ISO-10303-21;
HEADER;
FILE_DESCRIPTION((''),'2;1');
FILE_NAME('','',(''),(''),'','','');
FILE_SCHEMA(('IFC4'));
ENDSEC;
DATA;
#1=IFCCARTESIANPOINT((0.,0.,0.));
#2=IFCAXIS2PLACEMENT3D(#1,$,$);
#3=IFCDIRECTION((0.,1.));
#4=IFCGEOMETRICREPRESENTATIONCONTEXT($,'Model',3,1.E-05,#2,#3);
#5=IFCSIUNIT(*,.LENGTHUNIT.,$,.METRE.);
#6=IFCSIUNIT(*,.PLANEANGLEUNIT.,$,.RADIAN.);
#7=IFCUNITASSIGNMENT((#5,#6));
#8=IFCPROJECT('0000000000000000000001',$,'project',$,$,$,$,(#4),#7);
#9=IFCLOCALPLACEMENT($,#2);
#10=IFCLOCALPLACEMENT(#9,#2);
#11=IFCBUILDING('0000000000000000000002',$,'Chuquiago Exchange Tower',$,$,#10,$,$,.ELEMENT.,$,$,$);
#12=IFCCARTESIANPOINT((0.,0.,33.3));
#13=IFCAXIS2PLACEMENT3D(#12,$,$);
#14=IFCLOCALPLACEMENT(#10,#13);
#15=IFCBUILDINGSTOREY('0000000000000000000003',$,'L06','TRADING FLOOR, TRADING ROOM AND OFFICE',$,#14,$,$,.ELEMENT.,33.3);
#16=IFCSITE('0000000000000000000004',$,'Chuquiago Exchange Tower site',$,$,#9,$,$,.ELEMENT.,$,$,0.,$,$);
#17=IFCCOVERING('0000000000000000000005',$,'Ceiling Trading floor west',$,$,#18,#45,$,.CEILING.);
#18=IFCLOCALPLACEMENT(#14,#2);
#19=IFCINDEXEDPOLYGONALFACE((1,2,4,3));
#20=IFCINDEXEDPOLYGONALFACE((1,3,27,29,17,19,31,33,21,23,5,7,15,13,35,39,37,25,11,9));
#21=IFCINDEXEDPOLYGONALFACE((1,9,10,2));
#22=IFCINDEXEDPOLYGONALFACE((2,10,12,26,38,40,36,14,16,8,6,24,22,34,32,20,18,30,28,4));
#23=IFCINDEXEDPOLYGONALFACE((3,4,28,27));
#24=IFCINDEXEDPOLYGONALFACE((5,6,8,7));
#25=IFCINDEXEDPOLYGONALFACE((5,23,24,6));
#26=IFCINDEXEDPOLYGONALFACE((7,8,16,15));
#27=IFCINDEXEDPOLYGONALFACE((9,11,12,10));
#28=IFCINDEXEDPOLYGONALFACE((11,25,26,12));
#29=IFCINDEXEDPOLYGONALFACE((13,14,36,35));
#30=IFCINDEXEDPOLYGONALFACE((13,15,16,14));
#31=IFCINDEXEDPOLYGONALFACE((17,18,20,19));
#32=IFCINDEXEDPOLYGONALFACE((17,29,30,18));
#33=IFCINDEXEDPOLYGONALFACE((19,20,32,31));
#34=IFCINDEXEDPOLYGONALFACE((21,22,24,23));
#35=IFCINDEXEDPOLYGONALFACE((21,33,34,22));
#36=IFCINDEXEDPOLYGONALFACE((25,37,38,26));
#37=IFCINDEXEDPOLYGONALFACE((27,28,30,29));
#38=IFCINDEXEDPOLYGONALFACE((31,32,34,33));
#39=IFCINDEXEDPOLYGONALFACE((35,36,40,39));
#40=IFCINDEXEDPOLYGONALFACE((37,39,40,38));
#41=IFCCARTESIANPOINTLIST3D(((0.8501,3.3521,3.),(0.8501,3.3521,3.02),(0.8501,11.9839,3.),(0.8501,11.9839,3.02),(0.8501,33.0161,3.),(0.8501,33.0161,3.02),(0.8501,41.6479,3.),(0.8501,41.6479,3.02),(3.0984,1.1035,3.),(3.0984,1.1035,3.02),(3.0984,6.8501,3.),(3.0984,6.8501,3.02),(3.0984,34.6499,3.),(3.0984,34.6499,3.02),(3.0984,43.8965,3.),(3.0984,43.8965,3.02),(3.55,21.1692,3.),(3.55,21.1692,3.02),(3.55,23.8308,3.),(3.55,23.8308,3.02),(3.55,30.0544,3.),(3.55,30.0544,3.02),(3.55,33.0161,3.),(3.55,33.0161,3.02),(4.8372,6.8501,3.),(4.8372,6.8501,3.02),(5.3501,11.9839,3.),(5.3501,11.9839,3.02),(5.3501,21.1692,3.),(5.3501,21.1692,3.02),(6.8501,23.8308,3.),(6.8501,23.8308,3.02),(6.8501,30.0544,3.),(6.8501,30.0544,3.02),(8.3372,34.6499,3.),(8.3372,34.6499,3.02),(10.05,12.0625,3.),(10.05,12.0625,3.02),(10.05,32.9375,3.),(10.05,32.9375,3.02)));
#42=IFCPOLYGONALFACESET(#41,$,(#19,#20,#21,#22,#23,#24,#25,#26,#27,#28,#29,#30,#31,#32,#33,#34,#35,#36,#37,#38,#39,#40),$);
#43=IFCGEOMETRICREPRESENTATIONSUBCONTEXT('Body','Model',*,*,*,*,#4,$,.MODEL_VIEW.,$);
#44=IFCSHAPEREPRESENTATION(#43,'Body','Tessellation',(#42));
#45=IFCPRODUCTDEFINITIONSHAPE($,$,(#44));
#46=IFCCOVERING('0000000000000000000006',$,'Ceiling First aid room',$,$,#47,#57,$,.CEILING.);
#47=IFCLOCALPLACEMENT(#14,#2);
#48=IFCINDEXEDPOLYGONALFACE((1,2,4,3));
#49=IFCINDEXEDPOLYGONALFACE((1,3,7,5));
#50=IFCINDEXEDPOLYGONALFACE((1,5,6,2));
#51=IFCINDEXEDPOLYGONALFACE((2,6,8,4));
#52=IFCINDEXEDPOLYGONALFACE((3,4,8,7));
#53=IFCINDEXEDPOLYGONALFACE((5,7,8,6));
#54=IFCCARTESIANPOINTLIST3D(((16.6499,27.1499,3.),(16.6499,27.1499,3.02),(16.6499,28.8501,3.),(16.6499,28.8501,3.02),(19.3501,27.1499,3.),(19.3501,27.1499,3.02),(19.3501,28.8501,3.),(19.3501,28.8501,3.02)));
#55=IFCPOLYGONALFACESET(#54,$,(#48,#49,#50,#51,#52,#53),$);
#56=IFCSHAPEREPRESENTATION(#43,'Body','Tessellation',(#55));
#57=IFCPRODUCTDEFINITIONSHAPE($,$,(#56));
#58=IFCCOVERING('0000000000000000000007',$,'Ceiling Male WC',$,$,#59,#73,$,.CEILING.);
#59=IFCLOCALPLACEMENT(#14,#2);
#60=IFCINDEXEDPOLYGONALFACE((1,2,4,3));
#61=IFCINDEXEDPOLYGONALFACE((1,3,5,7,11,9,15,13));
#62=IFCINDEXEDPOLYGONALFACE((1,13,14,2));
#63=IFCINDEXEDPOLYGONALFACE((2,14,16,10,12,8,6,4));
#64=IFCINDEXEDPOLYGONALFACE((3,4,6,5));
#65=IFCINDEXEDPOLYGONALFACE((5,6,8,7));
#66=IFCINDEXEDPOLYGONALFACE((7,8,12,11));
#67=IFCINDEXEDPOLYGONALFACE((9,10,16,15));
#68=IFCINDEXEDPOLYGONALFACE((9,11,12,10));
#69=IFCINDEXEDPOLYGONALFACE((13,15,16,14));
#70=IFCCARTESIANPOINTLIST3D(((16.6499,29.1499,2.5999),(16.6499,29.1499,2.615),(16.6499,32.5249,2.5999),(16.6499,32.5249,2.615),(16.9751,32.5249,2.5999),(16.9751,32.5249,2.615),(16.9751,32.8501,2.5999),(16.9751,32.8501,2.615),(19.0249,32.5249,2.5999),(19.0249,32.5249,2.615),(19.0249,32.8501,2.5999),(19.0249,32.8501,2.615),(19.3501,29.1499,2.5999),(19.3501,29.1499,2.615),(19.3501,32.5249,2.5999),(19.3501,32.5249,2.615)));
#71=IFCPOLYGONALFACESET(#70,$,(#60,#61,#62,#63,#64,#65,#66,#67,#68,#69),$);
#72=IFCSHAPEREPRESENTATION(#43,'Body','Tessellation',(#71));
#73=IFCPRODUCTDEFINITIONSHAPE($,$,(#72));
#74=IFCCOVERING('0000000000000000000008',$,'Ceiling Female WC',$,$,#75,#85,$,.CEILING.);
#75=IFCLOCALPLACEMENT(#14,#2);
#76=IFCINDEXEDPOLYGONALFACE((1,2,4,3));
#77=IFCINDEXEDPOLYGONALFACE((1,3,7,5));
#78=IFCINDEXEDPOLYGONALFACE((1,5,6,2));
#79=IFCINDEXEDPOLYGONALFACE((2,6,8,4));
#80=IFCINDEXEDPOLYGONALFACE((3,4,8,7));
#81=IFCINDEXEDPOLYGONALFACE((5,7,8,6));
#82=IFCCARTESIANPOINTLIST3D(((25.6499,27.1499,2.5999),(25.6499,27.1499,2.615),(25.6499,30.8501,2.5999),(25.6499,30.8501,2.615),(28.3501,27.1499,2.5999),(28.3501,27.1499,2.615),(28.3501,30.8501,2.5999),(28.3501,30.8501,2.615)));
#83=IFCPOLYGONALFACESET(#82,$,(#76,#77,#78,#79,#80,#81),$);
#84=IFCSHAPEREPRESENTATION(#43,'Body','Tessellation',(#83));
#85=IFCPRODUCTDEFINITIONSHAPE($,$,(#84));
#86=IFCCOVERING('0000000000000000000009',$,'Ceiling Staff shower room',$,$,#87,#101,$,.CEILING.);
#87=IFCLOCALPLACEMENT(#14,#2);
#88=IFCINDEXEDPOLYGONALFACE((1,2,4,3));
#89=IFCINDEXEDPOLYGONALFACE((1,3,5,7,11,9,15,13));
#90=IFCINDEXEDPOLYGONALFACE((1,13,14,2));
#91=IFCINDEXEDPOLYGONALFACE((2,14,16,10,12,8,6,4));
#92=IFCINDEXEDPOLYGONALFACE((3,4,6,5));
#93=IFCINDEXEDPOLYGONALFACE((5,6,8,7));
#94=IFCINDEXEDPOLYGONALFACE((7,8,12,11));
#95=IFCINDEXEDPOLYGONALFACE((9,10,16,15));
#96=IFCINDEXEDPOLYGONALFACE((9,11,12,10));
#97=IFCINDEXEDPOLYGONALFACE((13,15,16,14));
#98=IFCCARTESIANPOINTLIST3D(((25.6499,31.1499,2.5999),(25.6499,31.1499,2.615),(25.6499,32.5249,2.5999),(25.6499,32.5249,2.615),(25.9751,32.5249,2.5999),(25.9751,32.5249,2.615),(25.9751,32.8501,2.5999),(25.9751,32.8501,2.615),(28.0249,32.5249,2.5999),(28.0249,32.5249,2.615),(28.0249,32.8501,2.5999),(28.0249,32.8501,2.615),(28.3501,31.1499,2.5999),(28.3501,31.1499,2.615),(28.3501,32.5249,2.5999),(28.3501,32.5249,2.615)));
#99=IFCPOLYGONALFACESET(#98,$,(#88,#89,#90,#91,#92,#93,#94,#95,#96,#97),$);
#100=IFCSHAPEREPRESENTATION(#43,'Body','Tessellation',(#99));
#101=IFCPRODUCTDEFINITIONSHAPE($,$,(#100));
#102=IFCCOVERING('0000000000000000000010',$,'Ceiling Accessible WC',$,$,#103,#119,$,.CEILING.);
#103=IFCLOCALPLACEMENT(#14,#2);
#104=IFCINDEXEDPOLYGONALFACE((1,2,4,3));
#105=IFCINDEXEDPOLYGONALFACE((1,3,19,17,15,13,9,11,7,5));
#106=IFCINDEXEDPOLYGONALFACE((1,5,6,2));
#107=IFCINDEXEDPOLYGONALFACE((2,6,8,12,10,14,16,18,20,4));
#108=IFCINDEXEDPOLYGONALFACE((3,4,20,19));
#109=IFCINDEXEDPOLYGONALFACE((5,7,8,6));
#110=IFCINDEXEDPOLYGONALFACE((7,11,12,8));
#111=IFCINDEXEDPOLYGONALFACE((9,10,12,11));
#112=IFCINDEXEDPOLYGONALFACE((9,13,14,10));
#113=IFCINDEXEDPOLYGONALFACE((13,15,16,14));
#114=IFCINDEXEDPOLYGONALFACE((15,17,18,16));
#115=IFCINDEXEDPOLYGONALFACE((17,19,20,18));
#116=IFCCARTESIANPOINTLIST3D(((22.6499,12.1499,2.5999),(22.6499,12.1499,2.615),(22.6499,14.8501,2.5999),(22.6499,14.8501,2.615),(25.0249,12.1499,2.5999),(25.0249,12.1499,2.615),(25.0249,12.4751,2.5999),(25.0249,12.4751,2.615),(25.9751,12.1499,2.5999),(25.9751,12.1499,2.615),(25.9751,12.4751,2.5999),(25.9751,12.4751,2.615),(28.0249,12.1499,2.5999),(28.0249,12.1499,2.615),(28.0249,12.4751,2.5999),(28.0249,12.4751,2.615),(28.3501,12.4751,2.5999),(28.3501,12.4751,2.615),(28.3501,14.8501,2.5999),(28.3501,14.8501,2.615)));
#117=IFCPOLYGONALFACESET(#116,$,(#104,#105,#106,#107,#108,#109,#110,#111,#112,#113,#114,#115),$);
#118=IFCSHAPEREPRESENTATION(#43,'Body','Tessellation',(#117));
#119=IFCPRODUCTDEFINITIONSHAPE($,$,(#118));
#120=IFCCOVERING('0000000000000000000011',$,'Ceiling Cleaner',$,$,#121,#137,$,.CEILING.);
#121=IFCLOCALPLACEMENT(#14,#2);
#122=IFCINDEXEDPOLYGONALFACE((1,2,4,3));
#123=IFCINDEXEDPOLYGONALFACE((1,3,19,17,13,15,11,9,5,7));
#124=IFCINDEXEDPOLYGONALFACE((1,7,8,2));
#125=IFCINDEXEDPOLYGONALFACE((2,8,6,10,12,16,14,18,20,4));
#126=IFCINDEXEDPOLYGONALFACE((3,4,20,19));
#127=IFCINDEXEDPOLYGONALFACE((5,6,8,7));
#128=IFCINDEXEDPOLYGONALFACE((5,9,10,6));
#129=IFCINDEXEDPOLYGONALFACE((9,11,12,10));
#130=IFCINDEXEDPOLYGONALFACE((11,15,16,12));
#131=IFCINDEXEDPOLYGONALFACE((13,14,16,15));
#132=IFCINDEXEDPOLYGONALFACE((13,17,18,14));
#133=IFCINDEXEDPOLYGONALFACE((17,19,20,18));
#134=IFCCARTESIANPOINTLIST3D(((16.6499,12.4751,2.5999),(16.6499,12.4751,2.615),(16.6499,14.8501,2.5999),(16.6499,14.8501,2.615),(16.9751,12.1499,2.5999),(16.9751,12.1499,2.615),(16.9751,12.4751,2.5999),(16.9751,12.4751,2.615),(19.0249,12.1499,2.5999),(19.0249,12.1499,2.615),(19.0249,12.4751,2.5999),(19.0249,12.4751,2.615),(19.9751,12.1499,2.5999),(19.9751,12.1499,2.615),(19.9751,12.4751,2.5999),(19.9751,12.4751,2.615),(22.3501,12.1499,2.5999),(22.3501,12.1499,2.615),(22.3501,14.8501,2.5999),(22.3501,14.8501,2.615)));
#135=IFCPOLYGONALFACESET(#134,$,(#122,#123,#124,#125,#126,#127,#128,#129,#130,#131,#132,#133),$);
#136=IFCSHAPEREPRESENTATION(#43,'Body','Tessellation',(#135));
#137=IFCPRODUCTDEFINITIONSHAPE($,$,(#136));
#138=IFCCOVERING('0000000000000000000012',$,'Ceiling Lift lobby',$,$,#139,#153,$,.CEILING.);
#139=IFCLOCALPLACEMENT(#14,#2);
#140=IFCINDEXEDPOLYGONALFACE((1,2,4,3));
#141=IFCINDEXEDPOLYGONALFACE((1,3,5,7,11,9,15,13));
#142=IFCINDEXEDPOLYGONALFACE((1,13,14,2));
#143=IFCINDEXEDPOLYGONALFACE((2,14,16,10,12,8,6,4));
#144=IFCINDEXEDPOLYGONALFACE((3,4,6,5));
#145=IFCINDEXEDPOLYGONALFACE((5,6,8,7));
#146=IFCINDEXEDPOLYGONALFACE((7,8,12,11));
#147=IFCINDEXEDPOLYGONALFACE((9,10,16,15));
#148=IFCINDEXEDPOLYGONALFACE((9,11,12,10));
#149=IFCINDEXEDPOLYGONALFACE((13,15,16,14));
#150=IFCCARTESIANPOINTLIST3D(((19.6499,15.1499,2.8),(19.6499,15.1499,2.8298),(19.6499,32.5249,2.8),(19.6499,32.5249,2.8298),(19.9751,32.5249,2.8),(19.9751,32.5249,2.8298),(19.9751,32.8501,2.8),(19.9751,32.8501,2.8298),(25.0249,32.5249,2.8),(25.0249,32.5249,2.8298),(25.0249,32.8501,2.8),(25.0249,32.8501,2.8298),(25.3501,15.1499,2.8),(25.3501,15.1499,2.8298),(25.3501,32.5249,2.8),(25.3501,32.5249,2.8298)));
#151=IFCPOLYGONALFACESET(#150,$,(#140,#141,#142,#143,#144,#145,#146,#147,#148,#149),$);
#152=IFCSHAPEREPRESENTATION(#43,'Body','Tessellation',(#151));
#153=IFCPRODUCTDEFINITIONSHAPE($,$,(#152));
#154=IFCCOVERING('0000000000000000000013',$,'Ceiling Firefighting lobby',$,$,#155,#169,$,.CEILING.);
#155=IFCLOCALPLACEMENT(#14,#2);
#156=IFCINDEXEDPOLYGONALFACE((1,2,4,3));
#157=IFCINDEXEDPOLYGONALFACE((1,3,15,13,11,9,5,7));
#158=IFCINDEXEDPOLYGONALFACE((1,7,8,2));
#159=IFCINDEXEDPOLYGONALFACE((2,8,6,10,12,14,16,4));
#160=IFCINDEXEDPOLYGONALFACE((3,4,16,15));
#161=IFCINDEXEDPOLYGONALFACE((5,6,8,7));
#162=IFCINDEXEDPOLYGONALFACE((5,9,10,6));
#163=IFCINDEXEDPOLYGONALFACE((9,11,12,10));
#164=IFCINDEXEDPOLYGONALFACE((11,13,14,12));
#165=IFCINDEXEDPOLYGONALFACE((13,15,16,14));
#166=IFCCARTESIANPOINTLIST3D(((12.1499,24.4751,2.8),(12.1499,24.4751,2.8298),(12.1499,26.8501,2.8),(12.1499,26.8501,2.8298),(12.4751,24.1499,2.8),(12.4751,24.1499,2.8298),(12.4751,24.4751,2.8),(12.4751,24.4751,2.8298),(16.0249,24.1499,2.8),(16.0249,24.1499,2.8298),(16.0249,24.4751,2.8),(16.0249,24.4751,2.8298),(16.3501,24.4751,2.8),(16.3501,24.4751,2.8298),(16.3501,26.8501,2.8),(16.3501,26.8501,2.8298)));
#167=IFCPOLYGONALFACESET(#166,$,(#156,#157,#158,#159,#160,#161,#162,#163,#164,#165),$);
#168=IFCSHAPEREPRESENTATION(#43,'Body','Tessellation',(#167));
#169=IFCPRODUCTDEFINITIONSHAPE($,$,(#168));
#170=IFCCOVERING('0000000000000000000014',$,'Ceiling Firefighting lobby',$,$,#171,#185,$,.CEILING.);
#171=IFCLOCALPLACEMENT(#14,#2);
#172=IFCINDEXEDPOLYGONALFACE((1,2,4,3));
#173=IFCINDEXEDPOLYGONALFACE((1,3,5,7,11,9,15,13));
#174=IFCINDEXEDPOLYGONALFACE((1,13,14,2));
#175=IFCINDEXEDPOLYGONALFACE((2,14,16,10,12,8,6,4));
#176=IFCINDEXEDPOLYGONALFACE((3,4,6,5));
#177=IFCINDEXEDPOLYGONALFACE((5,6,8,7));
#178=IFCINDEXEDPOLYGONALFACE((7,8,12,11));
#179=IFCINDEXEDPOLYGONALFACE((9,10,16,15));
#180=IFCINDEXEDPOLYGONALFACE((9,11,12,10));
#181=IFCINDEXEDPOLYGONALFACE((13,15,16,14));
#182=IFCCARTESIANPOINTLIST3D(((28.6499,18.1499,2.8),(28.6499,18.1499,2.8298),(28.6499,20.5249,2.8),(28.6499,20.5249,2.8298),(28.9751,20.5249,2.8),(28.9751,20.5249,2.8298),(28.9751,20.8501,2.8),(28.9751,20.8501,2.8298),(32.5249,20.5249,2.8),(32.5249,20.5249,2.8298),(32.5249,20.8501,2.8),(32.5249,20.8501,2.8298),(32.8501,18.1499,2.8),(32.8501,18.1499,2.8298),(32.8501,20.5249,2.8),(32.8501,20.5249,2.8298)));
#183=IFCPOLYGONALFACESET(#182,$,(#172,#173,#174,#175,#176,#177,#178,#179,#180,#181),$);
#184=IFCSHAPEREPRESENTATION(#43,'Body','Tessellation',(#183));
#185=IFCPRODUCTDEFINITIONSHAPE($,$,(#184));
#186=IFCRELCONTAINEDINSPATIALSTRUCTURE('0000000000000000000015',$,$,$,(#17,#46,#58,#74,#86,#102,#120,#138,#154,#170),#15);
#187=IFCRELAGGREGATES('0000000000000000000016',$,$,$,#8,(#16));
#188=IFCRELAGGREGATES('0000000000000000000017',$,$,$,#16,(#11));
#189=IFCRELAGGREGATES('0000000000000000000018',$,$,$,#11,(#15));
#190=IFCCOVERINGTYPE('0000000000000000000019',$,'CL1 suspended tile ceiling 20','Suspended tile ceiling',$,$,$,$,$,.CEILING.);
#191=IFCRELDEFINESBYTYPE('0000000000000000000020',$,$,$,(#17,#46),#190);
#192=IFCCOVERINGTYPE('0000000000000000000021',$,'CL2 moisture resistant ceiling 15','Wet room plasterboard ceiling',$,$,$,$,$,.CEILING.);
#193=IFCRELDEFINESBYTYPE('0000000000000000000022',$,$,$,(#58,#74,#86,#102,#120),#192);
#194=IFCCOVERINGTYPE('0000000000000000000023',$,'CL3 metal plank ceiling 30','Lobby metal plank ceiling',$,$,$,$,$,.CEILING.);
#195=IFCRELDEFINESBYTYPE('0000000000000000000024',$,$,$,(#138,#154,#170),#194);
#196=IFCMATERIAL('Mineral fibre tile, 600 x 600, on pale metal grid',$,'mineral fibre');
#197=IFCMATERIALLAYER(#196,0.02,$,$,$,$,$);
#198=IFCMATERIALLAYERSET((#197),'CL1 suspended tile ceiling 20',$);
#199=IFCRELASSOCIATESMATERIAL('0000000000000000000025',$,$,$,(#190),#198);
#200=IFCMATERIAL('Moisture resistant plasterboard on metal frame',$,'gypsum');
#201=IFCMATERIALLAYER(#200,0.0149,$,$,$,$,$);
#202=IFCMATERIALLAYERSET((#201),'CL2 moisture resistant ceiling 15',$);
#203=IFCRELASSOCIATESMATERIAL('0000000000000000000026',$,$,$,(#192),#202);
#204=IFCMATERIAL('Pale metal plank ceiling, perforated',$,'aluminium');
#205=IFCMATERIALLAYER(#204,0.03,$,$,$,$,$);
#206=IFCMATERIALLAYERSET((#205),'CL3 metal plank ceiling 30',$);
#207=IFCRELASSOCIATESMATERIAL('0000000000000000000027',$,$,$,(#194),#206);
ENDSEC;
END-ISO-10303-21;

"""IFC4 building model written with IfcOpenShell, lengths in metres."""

from ifc_helpers import new_model, si_unit, direction, frame, origin, place, context, subcontext, project, spatial, polyline, outline, extrude, material, layer, layer_set, type_object, element, save


model = new_model("IFC4")

# Units and contexts
model_context = context("Model", 3, precision=1e-05, world=origin(), true_north=direction((0.0, 1.0)))
body_context = subcontext(model_context, "Body", "Model", "MODEL_VIEW")
ifc_project = project(units=[si_unit("LENGTHUNIT", "METRE"), si_unit("PLANEANGLEUNIT", "RADIAN")], contexts=[model_context])

# Site, building, storey
site_placement = place(None, origin())
site = spatial("IfcSite", under=ifc_project, at=site_placement, Name="Chuquiago Exchange Tower site", CompositionType="ELEMENT", RefElevation=0.0)
building_placement = place(site_placement, origin())
building = spatial("IfcBuilding", under=site, at=building_placement, Name="Chuquiago Exchange Tower", CompositionType="ELEMENT")
storey_placement = place(building_placement, frame((0.0, 0.0, 33.3)))
storey = spatial("IfcBuildingStorey", under=building, at=storey_placement, Name="L06", Description="TRADING FLOOR, TRADING ROOM AND OFFICE", CompositionType="ELEMENT", Elevation=33.3)

# Coverings
ifc_material_1 = material(Name="Mineral fibre tile, 600 x 600, on pale metal grid", Category="mineral fibre")
ifc_layer_1 = layer(ifc_material_1, 0.02)
ifc_layer_set_1 = layer_set([ifc_layer_1], Name="CL1 suspended tile ceiling 20")
covering_type_1 = type_object("IfcCoveringType", Name="CL1 suspended tile ceiling 20", Description="Suspended tile ceiling", PredefinedType="CEILING", material=ifc_layer_set_1)
covering_1_placement = place(storey_placement, frame((0.0, 0.0, 3.0)))
element("IfcCovering", 1, at=covering_1_placement, inside=storey, type_object=covering_type_1, Name="Ceiling Trading floor west", PredefinedType="CEILING", context=body_context, shape_type="SweptSolid", body=[
    extrude(outline(polyline([(3.0984, 34.6499), (8.3372, 34.6499), (10.05, 32.9375), (10.05, 12.0625), (4.8372, 6.8501), (3.0984, 6.8501), (3.0984, 1.1035), (0.8501, 3.3521), (0.8501, 11.9839), (5.3501, 11.9839), (5.3501, 21.1692), (3.55, 21.1692), (3.55, 23.8308), (6.8501, 23.8308), (6.8501, 30.0544), (3.55, 30.0544), (3.55, 33.0161), (0.8501, 33.0161), (0.8501, 41.6479), (3.0984, 43.8965), (3.0984, 34.6499)])), origin(), (0.0, 0.0, 1.0), 0.02),
])
covering_2_placement = place(storey_placement, frame((0.0, 0.0, 3.0)))
element("IfcCovering", 2, at=covering_2_placement, inside=storey, type_object=covering_type_1, Name="Ceiling First aid room", PredefinedType="CEILING", context=body_context, shape_type="SweptSolid", body=[
    extrude(outline(polyline([(16.6499, 27.1499), (16.6499, 28.8501), (19.3501, 28.8501), (19.3501, 27.1499), (16.6499, 27.1499)])), origin(), (0.0, 0.0, 1.0), 0.02),
])
ifc_material_2 = material(Name="Moisture resistant plasterboard on metal frame", Category="gypsum")
ifc_layer_2 = layer(ifc_material_2, 0.0149)
ifc_layer_set_2 = layer_set([ifc_layer_2], Name="CL2 moisture resistant ceiling 15")
covering_type_2 = type_object("IfcCoveringType", Name="CL2 moisture resistant ceiling 15", Description="Wet room plasterboard ceiling", PredefinedType="CEILING", material=ifc_layer_set_2)
covering_3_placement = place(storey_placement, frame((0.0, 0.0, 2.5999)))
element("IfcCovering", 3, at=covering_3_placement, inside=storey, type_object=covering_type_2, Name="Ceiling Male WC", PredefinedType="CEILING", context=body_context, shape_type="SweptSolid", body=[
    extrude(outline(polyline([(16.6499, 29.1499), (16.6499, 32.5249), (16.9751, 32.5249), (16.9751, 32.8501), (19.0249, 32.8501), (19.0249, 32.5249), (19.3501, 32.5249), (19.3501, 29.1499), (16.6499, 29.1499)])), origin(), (0.0, 0.0, 1.0), 0.0151),
])
covering_4_placement = place(storey_placement, frame((0.0, 0.0, 2.5999)))
element("IfcCovering", 4, at=covering_4_placement, inside=storey, type_object=covering_type_2, Name="Ceiling Female WC", PredefinedType="CEILING", context=body_context, shape_type="SweptSolid", body=[
    extrude(outline(polyline([(25.6499, 27.1499), (25.6499, 30.8501), (28.3501, 30.8501), (28.3501, 27.1499), (25.6499, 27.1499)])), origin(), (0.0, 0.0, 1.0), 0.0151),
])
covering_5_placement = place(storey_placement, frame((0.0, 0.0, 2.5999)))
element("IfcCovering", 5, at=covering_5_placement, inside=storey, type_object=covering_type_2, Name="Ceiling Staff shower room", PredefinedType="CEILING", context=body_context, shape_type="SweptSolid", body=[
    extrude(outline(polyline([(25.6499, 31.1499), (25.6499, 32.5249), (25.9751, 32.5249), (25.9751, 32.8501), (28.0249, 32.8501), (28.0249, 32.5249), (28.3501, 32.5249), (28.3501, 31.1499), (25.6499, 31.1499)])), origin(), (0.0, 0.0, 1.0), 0.0151),
])
covering_6_placement = place(storey_placement, frame((0.0, 0.0, 2.5999)))
element("IfcCovering", 6, at=covering_6_placement, inside=storey, type_object=covering_type_2, Name="Ceiling Accessible WC", PredefinedType="CEILING", context=body_context, shape_type="SweptSolid", body=[
    extrude(outline(polyline([(25.9751, 12.1499), (25.9751, 12.4751), (25.0249, 12.4751), (25.0249, 12.1499), (22.6499, 12.1499), (22.6499, 14.8501), (28.3501, 14.8501), (28.3501, 12.4751), (28.0249, 12.4751), (28.0249, 12.1499), (25.9751, 12.1499)])), origin(), (0.0, 0.0, 1.0), 0.0151),
])
covering_7_placement = place(storey_placement, frame((0.0, 0.0, 2.5999)))
element("IfcCovering", 7, at=covering_7_placement, inside=storey, type_object=covering_type_2, Name="Ceiling Cleaner", PredefinedType="CEILING", context=body_context, shape_type="SweptSolid", body=[
    extrude(outline(polyline([(19.9751, 12.1499), (19.9751, 12.4751), (19.0249, 12.4751), (19.0249, 12.1499), (16.9751, 12.1499), (16.9751, 12.4751), (16.6499, 12.4751), (16.6499, 14.8501), (22.3501, 14.8501), (22.3501, 12.1499), (19.9751, 12.1499)])), origin(), (0.0, 0.0, 1.0), 0.0151),
])
ifc_material_3 = material(Name="Pale metal plank ceiling, perforated", Category="aluminium")
ifc_layer_3 = layer(ifc_material_3, 0.03)
ifc_layer_set_3 = layer_set([ifc_layer_3], Name="CL3 metal plank ceiling 30")
covering_type_3 = type_object("IfcCoveringType", Name="CL3 metal plank ceiling 30", Description="Lobby metal plank ceiling", PredefinedType="CEILING", material=ifc_layer_set_3)
covering_8_placement = place(storey_placement, frame((0.0, 0.0, 2.8)))
element("IfcCovering", 8, at=covering_8_placement, inside=storey, type_object=covering_type_3, Name="Ceiling Lift lobby", PredefinedType="CEILING", context=body_context, shape_type="SweptSolid", body=[
    extrude(outline(polyline([(19.6499, 15.1499), (19.6499, 32.5249), (19.9751, 32.5249), (19.9751, 32.8501), (25.0249, 32.8501), (25.0249, 32.5249), (25.3501, 32.5249), (25.3501, 15.1499), (19.6499, 15.1499)])), origin(), (0.0, 0.0, 1.0), 0.0298),
])
covering_9_placement = place(storey_placement, frame((0.0, 0.0, 2.8)))
element("IfcCovering", 9, at=covering_9_placement, inside=storey, type_object=covering_type_3, Name="Ceiling Firefighting lobby", PredefinedType="CEILING", context=body_context, shape_type="SweptSolid", body=[
    extrude(outline(polyline([(12.4751, 24.1499), (12.4751, 24.4751), (12.1499, 24.4751), (12.1499, 26.8501), (16.3501, 26.8501), (16.3501, 24.4751), (16.0249, 24.4751), (16.0249, 24.1499), (12.4751, 24.1499)])), origin(), (0.0, 0.0, 1.0), 0.0298),
])
covering_10_placement = place(storey_placement, frame((0.0, 0.0, 2.8)))
element("IfcCovering", 10, at=covering_10_placement, inside=storey, type_object=covering_type_3, Name="Ceiling Firefighting lobby", PredefinedType="CEILING", context=body_context, shape_type="SweptSolid", body=[
    extrude(outline(polyline([(28.6499, 18.1499), (28.6499, 20.5249), (28.9751, 20.5249), (28.9751, 20.8501), (32.5249, 20.8501), (32.5249, 20.5249), (32.8501, 20.5249), (32.8501, 18.1499), (28.6499, 18.1499)])), origin(), (0.0, 0.0, 1.0), 0.0298),
])

save(model, "model.ifc")
